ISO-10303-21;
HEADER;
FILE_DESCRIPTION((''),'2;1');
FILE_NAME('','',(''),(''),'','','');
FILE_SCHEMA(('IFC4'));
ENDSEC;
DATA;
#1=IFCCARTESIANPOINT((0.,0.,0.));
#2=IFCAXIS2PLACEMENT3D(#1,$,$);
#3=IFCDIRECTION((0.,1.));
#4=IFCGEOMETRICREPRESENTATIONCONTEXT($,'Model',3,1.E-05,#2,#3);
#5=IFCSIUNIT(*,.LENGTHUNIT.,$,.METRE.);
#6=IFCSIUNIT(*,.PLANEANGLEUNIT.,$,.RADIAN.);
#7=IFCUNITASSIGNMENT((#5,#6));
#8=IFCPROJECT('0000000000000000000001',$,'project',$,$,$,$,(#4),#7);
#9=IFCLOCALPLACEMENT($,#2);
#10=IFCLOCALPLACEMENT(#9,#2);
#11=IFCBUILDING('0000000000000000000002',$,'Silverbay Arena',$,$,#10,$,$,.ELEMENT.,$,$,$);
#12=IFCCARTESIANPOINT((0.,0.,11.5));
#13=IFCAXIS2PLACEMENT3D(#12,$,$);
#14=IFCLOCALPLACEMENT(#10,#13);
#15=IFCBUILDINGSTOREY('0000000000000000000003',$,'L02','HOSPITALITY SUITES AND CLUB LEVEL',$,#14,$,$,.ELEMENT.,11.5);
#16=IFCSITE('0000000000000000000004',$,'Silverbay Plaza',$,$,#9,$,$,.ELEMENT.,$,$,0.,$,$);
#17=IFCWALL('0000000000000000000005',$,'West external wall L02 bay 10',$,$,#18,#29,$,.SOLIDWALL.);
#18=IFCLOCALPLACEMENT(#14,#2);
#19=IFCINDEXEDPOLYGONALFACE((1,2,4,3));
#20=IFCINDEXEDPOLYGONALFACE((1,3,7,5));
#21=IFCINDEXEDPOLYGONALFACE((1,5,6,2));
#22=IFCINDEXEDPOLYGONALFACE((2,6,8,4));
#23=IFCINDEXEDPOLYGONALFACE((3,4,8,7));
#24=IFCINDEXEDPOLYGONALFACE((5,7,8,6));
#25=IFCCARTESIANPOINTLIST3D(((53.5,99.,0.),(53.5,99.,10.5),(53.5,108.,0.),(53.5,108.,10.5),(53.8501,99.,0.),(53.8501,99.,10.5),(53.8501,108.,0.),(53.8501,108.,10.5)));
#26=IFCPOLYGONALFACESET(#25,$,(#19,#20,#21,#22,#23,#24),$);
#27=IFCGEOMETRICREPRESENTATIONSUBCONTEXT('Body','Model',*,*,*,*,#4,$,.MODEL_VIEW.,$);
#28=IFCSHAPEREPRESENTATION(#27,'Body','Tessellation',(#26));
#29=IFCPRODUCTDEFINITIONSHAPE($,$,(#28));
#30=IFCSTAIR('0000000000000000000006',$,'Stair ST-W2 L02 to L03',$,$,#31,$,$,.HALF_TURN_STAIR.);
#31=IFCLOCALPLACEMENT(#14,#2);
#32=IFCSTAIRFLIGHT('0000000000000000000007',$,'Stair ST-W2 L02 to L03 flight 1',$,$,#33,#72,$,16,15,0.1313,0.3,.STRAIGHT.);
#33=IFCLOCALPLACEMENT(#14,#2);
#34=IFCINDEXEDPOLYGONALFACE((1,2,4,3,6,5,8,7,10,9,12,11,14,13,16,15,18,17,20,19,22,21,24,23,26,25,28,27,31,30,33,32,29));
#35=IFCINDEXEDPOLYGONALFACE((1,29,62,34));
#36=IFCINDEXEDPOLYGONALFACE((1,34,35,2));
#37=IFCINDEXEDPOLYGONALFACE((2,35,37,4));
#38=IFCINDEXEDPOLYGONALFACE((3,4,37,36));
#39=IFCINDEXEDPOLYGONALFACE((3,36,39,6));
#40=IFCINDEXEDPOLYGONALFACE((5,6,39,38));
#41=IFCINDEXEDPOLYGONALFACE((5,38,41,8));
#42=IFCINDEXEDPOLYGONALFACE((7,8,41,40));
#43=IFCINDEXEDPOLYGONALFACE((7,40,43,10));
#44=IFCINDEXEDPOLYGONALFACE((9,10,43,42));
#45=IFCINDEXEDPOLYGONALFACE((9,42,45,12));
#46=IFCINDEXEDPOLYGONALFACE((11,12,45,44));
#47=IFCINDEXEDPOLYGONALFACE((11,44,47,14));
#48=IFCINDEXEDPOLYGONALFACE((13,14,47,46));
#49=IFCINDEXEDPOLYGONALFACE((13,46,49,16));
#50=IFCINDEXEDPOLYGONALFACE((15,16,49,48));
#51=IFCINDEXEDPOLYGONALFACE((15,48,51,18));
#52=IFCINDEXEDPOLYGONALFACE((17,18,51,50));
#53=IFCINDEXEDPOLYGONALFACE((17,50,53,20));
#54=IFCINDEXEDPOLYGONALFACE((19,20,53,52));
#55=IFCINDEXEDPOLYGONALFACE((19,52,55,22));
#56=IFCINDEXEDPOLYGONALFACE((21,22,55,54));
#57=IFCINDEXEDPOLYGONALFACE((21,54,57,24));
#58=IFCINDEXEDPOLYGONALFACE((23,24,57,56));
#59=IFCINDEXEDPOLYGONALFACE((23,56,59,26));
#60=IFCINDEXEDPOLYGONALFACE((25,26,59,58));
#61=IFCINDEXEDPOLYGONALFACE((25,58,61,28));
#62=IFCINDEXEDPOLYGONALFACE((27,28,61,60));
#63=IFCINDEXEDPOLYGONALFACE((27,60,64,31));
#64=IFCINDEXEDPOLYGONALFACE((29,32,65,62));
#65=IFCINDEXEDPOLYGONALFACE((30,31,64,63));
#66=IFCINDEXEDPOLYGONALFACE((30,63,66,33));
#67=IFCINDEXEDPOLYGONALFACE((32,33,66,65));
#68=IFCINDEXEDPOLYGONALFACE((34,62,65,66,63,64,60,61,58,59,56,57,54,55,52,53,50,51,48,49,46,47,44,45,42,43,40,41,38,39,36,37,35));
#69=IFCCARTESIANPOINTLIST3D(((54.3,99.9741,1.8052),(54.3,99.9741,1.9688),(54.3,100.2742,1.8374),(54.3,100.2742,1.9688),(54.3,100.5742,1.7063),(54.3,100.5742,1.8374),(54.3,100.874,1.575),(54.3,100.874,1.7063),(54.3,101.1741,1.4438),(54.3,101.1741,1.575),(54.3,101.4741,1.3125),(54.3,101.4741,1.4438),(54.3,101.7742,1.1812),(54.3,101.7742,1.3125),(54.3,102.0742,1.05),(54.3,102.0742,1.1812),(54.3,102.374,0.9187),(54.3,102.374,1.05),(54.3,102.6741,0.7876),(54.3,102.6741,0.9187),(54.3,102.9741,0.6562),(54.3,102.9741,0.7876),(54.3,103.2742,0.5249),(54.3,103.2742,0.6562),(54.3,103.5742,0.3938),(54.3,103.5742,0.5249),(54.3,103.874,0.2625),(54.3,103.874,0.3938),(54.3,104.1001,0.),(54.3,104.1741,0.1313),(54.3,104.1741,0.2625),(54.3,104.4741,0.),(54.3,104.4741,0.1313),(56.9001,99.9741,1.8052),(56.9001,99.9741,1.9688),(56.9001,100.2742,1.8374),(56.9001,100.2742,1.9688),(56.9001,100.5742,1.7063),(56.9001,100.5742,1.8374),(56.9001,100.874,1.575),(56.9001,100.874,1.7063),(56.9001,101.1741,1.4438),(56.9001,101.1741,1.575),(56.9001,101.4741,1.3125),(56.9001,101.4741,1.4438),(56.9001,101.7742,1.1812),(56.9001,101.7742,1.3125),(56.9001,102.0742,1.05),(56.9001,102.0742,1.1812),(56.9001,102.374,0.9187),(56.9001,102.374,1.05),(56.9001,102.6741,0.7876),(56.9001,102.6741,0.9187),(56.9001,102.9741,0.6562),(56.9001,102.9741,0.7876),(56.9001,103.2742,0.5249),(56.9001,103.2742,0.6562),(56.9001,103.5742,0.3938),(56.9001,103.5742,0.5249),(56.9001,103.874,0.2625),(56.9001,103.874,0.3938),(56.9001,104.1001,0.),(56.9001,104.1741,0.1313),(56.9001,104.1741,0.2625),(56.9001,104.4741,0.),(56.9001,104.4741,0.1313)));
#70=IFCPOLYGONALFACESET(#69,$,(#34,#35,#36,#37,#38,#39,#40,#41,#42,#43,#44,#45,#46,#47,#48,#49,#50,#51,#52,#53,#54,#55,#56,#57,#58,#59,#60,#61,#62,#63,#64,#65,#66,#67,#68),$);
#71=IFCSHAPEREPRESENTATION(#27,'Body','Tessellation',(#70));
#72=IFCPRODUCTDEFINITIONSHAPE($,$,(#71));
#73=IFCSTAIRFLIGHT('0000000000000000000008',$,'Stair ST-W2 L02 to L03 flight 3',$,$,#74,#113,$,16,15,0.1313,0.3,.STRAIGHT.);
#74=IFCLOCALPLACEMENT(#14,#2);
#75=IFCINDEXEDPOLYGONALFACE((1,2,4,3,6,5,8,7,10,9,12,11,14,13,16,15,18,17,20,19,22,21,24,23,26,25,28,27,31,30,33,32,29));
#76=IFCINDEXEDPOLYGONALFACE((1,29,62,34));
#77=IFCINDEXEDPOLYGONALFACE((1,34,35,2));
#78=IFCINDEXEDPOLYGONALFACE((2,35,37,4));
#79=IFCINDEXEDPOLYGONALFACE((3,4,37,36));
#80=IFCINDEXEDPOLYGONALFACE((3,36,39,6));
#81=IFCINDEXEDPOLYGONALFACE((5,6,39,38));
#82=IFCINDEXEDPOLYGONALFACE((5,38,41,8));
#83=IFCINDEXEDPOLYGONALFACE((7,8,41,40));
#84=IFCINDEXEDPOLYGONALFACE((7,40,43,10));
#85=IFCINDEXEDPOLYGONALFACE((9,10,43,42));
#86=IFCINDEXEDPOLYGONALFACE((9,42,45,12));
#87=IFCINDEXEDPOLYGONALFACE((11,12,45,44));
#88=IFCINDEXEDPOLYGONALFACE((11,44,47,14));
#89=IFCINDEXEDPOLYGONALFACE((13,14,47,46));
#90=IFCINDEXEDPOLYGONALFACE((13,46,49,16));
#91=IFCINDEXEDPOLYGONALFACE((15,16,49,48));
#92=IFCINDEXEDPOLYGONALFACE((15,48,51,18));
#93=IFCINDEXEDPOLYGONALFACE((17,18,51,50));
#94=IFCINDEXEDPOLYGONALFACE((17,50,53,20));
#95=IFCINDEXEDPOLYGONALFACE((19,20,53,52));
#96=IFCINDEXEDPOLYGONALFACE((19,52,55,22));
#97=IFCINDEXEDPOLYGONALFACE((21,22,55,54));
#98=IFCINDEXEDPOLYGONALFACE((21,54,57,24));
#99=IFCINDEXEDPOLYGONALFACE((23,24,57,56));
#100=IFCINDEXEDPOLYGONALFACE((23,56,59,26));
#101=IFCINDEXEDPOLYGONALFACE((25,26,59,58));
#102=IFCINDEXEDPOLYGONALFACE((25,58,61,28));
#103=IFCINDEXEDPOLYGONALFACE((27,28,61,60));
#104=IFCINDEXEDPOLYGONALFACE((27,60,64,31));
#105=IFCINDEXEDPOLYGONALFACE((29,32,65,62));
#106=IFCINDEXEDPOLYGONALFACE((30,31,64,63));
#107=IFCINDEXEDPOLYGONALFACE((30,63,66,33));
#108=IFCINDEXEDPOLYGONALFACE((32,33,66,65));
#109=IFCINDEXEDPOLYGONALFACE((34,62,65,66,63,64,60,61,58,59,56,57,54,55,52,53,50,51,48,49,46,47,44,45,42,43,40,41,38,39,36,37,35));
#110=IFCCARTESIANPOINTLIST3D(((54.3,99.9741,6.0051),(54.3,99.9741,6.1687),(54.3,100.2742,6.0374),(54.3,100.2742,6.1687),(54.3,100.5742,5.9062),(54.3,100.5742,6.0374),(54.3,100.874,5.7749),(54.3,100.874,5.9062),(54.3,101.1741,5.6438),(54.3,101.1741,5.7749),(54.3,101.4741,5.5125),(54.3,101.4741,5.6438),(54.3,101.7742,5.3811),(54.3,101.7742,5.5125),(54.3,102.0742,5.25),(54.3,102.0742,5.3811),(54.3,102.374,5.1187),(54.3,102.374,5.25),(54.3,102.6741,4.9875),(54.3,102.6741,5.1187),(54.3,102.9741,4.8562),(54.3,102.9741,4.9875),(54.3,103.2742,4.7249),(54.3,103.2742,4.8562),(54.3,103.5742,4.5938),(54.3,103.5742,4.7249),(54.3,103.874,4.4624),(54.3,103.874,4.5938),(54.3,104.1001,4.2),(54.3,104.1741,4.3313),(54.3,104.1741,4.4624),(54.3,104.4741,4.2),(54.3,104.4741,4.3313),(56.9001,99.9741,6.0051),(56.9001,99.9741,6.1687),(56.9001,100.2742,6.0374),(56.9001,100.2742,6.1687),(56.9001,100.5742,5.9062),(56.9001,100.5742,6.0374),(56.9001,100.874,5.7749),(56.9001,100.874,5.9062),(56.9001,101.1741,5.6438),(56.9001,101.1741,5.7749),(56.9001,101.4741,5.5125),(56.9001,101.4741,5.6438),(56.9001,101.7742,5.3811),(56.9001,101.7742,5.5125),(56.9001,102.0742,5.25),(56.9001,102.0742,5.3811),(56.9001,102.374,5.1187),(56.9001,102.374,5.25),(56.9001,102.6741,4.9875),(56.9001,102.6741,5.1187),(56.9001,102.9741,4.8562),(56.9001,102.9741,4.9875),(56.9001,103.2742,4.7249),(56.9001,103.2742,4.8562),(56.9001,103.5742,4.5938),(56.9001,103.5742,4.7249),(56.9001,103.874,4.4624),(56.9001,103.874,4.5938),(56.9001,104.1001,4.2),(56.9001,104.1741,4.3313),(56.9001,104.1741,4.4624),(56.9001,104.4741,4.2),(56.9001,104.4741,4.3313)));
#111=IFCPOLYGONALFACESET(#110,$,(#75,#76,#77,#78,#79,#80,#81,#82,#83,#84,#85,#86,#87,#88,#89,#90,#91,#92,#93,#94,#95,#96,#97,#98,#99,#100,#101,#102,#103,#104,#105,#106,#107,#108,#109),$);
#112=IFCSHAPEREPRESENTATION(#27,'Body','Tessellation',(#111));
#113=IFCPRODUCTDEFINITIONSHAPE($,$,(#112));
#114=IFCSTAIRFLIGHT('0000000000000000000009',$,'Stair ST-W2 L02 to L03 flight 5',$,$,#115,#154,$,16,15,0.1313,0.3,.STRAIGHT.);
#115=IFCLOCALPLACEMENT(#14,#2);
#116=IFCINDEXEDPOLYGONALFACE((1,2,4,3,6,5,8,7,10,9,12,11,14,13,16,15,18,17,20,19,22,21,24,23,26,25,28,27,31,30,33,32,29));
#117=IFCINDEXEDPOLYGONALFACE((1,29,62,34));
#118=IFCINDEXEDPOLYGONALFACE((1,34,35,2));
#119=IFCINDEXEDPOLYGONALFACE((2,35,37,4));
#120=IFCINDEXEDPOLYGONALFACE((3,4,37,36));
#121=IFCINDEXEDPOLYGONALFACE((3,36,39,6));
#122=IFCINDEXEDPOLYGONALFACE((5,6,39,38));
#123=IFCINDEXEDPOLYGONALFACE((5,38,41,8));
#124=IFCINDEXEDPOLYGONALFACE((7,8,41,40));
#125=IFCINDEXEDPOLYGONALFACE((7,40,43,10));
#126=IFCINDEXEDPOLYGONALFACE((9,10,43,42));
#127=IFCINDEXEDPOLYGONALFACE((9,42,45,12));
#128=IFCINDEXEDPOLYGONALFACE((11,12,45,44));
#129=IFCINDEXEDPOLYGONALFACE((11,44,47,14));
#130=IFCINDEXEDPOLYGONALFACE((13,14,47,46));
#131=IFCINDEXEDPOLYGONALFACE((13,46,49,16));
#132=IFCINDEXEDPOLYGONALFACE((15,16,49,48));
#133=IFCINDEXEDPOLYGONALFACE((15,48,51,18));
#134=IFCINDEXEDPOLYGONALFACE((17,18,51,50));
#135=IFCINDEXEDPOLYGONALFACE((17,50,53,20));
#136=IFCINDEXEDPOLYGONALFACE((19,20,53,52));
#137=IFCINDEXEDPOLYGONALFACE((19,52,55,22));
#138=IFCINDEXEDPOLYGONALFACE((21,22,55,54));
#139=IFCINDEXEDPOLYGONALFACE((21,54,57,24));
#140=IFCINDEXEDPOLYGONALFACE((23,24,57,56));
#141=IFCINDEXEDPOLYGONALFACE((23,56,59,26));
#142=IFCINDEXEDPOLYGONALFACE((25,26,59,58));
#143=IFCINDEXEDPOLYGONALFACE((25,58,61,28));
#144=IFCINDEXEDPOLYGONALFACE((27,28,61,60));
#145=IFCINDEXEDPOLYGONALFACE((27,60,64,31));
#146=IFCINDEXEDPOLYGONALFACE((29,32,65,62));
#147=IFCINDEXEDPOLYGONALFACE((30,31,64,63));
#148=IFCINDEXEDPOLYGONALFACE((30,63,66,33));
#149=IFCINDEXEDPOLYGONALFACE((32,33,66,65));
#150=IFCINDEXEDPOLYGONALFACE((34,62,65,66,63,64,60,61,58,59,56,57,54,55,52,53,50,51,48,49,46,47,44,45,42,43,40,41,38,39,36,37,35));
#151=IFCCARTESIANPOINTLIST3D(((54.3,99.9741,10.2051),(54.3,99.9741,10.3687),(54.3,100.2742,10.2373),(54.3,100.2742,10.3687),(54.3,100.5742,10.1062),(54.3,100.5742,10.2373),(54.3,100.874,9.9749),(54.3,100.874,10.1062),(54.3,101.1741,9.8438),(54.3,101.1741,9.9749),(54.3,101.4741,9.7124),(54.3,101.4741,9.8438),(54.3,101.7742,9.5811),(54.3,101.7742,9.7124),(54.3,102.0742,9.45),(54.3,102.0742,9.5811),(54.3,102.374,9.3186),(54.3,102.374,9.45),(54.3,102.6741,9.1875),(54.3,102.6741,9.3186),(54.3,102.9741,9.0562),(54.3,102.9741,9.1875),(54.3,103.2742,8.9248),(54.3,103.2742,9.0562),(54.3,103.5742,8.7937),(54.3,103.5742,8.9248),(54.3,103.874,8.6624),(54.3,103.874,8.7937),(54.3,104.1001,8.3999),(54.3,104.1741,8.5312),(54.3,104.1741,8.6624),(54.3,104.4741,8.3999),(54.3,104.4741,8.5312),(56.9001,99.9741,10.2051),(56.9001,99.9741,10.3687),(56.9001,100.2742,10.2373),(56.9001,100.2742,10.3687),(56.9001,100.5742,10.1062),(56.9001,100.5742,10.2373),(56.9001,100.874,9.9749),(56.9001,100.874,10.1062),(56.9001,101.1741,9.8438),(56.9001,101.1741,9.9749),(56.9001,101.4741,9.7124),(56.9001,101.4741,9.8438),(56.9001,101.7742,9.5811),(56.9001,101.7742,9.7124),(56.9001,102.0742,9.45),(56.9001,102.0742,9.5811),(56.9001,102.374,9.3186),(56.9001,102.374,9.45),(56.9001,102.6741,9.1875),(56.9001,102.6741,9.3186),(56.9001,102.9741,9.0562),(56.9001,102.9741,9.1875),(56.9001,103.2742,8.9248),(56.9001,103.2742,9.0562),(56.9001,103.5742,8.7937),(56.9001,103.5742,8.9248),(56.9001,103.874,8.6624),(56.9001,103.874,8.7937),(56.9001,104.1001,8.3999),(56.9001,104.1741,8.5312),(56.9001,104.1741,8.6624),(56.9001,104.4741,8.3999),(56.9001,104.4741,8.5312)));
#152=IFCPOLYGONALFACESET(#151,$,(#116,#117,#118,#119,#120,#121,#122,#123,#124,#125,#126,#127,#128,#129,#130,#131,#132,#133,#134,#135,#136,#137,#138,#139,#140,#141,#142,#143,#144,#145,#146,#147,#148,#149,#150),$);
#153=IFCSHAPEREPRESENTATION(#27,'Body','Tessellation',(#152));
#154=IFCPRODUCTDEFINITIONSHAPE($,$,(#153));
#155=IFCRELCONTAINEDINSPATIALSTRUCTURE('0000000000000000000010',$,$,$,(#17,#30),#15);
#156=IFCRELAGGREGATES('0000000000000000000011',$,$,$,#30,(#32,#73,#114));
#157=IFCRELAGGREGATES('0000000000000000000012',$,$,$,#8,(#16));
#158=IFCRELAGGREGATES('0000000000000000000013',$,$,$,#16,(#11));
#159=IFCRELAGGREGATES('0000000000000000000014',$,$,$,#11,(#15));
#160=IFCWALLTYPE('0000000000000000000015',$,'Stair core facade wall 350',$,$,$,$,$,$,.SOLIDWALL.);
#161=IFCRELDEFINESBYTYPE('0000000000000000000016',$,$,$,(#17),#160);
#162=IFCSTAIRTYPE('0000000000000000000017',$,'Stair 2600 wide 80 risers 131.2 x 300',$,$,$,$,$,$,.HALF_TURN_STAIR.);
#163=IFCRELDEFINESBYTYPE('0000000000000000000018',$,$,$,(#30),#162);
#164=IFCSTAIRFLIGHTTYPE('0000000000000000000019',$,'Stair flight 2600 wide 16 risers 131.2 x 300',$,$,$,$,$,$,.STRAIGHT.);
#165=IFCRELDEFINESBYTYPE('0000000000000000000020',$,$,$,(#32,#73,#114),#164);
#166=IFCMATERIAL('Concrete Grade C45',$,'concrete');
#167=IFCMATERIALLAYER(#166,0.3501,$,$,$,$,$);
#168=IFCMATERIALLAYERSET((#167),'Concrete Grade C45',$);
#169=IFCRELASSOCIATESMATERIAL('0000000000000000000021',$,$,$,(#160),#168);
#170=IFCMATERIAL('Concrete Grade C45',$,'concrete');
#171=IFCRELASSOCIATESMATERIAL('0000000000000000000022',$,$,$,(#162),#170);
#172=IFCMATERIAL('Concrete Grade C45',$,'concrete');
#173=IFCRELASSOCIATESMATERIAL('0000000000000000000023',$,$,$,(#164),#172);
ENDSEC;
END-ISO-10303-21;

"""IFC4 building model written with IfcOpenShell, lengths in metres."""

from ifc_helpers import new_model, si_unit, direction, frame, frame_2d, origin, place, context, subcontext, project, spatial, polyline, rectangle, outline, extrude, material, layer, layer_set, type_object, element, aggregate, save


model = new_model("IFC4")

# Units and contexts
model_context = context("Model", 3, precision=1e-05, world=origin(), true_north=direction((0.0, 1.0)))
body_context = subcontext(model_context, "Body", "Model", "MODEL_VIEW")
ifc_project = project(units=[si_unit("LENGTHUNIT", "METRE"), si_unit("PLANEANGLEUNIT", "RADIAN")], contexts=[model_context])

# Site, building, storey
site_placement = place(None, origin())
site = spatial("IfcSite", under=ifc_project, at=site_placement, Name="Silverbay Plaza", CompositionType="ELEMENT", RefElevation=0.0)
building_placement = place(site_placement, origin())
building = spatial("IfcBuilding", under=site, at=building_placement, Name="Silverbay Arena", CompositionType="ELEMENT")
storey_placement = place(building_placement, frame((0.0, 0.0, 11.5)))
storey = spatial("IfcBuildingStorey", under=building, at=storey_placement, Name="L02", Description="HOSPITALITY SUITES AND CLUB LEVEL", CompositionType="ELEMENT", Elevation=11.5)

# Wall
ifc_material_1 = material(Name="Concrete Grade C45", Category="concrete")
ifc_layer_1 = layer(ifc_material_1, 0.3501)
ifc_layer_set_1 = layer_set([ifc_layer_1], Name="Concrete Grade C45")
wall_type_1 = type_object("IfcWallType", Name="Stair core facade wall 350", PredefinedType="SOLIDWALL", material=ifc_layer_set_1)
wall_1_placement = place(storey_placement, frame((53.675, 108.0, 0.0), z_axis=(0.0, 0.0, 1.0), x_axis=(0.0, -1.0, 0.0)))
element("IfcWall", 1, at=wall_1_placement, inside=storey, type_object=wall_type_1, Name="West external wall L02 bay 10", PredefinedType="SOLIDWALL", context=body_context, shape_type="SweptSolid", body=[
    extrude(rectangle(XDim=9.0, YDim=0.3501, at=frame_2d((4.5, 0.0))), origin(), (0.0, 0.0, 1.0), 10.5),
])

# Stair, stair flights
ifc_material_2 = material(Name="Concrete Grade C45", Category="concrete")
stair_type = type_object("IfcStairType", Name="Stair 2600 wide 80 risers 131.2 x 300", PredefinedType="HALF_TURN_STAIR", material=ifc_material_2)
stair_1_placement = place(storey_placement, origin())
stair_1 = element("IfcStair", 2, at=stair_1_placement, inside=storey, type_object=stair_type, Name="Stair ST-W2 L02 to L03", PredefinedType="HALF_TURN_STAIR")
ifc_material_3 = material(Name="Concrete Grade C45", Category="concrete")
stair_flight_type = type_object("IfcStairFlightType", Name="Stair flight 2600 wide 16 risers 131.2 x 300", PredefinedType="STRAIGHT", material=ifc_material_3)
stair_flight_1_placement = place(storey_placement, frame((55.6001, 104.4741, 0.0), z_axis=(0.0, 0.0, 1.0), x_axis=(0.0, -1.0, 0.0)))
stair_flight_1 = element("IfcStairFlight", 3, at=stair_flight_1_placement, type_object=stair_flight_type, Name="Stair ST-W2 L02 to L03 flight 1", NumberOfRisers=16, NumberOfTreads=15, PredefinedType="STRAIGHT", RiserHeight=0.1313, TreadLength=0.3, context=body_context, shape_type="SweptSolid", body=[
    extrude(outline(polyline([(0.0, 0.0), (0.0, 0.1313), (0.3, 0.1313), (0.3, 0.2625), (0.6001, 0.2625), (0.6001, 0.3938), (0.8999, 0.3938), (0.8999, 0.5249), (1.2, 0.5249), (1.2, 0.6562), (1.5, 0.6562), (1.5, 0.7876), (1.8, 0.7876), (1.8, 0.9187), (2.1001, 0.9187), (2.1001, 1.05), (2.3999, 1.05), (2.3999, 1.1812), (2.7, 1.1812), (2.7, 1.3125), (3.0, 1.3125), (3.0, 1.4438), (3.3, 1.4438), (3.3, 1.575), (3.6001, 1.575), (3.6001, 1.7063), (3.8999, 1.7063), (3.8999, 1.8374), (4.2, 1.8374), (4.2, 1.9688), (4.5, 1.9688), (4.5, 1.8052), (0.374, 0.0), (0.0, 0.0)])), frame((0.0, 1.3, 0.0), z_axis=(0.0, -1.0, 0.0), x_axis=(1.0, 0.0, 0.0)), (0.0, 0.0, 1.0), 2.6001),
])
stair_flight_2_placement = place(storey_placement, frame((55.6001, 104.4741, 4.2), z_axis=(0.0, 0.0, 1.0), x_axis=(0.0, -1.0, 0.0)))
stair_flight_2 = element("IfcStairFlight", 4, at=stair_flight_2_placement, type_object=stair_flight_type, Name="Stair ST-W2 L02 to L03 flight 3", NumberOfRisers=16, NumberOfTreads=15, PredefinedType="STRAIGHT", RiserHeight=0.1313, TreadLength=0.3, context=body_context, shape_type="SweptSolid", body=[
    extrude(outline(polyline([(0.0, 0.0), (0.0, 0.1313), (0.3, 0.1313), (0.3, 0.2625), (0.6001, 0.2625), (0.6001, 0.3938), (0.8999, 0.3938), (0.8999, 0.5249), (1.2, 0.5249), (1.2, 0.6562), (1.5, 0.6562), (1.5, 0.7876), (1.8, 0.7876), (1.8, 0.9187), (2.1001, 0.9187), (2.1001, 1.05), (2.3999, 1.05), (2.3999, 1.1812), (2.7, 1.1812), (2.7, 1.3125), (3.0, 1.3125), (3.0, 1.4438), (3.3, 1.4438), (3.3, 1.575), (3.6001, 1.575), (3.6001, 1.7063), (3.8999, 1.7063), (3.8999, 1.8374), (4.2, 1.8374), (4.2, 1.9688), (4.5, 1.9688), (4.5, 1.8052), (0.374, 0.0), (0.0, 0.0)])), frame((0.0, 1.3, 0.0), z_axis=(0.0, -1.0, 0.0), x_axis=(1.0, 0.0, 0.0)), (0.0, 0.0, 1.0), 2.6001),
])
stair_flight_3_placement = place(storey_placement, frame((55.6001, 104.4741, 8.3999), z_axis=(0.0, 0.0, 1.0), x_axis=(0.0, -1.0, 0.0)))
stair_flight_3 = element("IfcStairFlight", 5, at=stair_flight_3_placement, type_object=stair_flight_type, Name="Stair ST-W2 L02 to L03 flight 5", NumberOfRisers=16, NumberOfTreads=15, PredefinedType="STRAIGHT", RiserHeight=0.1313, TreadLength=0.3, context=body_context, shape_type="SweptSolid", body=[
    extrude(outline(polyline([(0.0, 0.0), (0.0, 0.1313), (0.3, 0.1313), (0.3, 0.2625), (0.6001, 0.2625), (0.6001, 0.3938), (0.8999, 0.3938), (0.8999, 0.5249), (1.2, 0.5249), (1.2, 0.6562), (1.5, 0.6562), (1.5, 0.7876), (1.8, 0.7876), (1.8, 0.9187), (2.1001, 0.9187), (2.1001, 1.05), (2.3999, 1.05), (2.3999, 1.1812), (2.7, 1.1812), (2.7, 1.3125), (3.0, 1.3125), (3.0, 1.4438), (3.3, 1.4438), (3.3, 1.575), (3.6001, 1.575), (3.6001, 1.7063), (3.8999, 1.7063), (3.8999, 1.8374), (4.2, 1.8374), (4.2, 1.9688), (4.5, 1.9688), (4.5, 1.8052), (0.374, 0.0), (0.0, 0.0)])), frame((0.0, 1.3, 0.0), z_axis=(0.0, -1.0, 0.0), x_axis=(1.0, 0.0, 0.0)), (0.0, 0.0, 1.0), 2.6001),
])
aggregate(stair_1, [stair_flight_1, stair_flight_2, stair_flight_3])

save(model, "model.ifc")
